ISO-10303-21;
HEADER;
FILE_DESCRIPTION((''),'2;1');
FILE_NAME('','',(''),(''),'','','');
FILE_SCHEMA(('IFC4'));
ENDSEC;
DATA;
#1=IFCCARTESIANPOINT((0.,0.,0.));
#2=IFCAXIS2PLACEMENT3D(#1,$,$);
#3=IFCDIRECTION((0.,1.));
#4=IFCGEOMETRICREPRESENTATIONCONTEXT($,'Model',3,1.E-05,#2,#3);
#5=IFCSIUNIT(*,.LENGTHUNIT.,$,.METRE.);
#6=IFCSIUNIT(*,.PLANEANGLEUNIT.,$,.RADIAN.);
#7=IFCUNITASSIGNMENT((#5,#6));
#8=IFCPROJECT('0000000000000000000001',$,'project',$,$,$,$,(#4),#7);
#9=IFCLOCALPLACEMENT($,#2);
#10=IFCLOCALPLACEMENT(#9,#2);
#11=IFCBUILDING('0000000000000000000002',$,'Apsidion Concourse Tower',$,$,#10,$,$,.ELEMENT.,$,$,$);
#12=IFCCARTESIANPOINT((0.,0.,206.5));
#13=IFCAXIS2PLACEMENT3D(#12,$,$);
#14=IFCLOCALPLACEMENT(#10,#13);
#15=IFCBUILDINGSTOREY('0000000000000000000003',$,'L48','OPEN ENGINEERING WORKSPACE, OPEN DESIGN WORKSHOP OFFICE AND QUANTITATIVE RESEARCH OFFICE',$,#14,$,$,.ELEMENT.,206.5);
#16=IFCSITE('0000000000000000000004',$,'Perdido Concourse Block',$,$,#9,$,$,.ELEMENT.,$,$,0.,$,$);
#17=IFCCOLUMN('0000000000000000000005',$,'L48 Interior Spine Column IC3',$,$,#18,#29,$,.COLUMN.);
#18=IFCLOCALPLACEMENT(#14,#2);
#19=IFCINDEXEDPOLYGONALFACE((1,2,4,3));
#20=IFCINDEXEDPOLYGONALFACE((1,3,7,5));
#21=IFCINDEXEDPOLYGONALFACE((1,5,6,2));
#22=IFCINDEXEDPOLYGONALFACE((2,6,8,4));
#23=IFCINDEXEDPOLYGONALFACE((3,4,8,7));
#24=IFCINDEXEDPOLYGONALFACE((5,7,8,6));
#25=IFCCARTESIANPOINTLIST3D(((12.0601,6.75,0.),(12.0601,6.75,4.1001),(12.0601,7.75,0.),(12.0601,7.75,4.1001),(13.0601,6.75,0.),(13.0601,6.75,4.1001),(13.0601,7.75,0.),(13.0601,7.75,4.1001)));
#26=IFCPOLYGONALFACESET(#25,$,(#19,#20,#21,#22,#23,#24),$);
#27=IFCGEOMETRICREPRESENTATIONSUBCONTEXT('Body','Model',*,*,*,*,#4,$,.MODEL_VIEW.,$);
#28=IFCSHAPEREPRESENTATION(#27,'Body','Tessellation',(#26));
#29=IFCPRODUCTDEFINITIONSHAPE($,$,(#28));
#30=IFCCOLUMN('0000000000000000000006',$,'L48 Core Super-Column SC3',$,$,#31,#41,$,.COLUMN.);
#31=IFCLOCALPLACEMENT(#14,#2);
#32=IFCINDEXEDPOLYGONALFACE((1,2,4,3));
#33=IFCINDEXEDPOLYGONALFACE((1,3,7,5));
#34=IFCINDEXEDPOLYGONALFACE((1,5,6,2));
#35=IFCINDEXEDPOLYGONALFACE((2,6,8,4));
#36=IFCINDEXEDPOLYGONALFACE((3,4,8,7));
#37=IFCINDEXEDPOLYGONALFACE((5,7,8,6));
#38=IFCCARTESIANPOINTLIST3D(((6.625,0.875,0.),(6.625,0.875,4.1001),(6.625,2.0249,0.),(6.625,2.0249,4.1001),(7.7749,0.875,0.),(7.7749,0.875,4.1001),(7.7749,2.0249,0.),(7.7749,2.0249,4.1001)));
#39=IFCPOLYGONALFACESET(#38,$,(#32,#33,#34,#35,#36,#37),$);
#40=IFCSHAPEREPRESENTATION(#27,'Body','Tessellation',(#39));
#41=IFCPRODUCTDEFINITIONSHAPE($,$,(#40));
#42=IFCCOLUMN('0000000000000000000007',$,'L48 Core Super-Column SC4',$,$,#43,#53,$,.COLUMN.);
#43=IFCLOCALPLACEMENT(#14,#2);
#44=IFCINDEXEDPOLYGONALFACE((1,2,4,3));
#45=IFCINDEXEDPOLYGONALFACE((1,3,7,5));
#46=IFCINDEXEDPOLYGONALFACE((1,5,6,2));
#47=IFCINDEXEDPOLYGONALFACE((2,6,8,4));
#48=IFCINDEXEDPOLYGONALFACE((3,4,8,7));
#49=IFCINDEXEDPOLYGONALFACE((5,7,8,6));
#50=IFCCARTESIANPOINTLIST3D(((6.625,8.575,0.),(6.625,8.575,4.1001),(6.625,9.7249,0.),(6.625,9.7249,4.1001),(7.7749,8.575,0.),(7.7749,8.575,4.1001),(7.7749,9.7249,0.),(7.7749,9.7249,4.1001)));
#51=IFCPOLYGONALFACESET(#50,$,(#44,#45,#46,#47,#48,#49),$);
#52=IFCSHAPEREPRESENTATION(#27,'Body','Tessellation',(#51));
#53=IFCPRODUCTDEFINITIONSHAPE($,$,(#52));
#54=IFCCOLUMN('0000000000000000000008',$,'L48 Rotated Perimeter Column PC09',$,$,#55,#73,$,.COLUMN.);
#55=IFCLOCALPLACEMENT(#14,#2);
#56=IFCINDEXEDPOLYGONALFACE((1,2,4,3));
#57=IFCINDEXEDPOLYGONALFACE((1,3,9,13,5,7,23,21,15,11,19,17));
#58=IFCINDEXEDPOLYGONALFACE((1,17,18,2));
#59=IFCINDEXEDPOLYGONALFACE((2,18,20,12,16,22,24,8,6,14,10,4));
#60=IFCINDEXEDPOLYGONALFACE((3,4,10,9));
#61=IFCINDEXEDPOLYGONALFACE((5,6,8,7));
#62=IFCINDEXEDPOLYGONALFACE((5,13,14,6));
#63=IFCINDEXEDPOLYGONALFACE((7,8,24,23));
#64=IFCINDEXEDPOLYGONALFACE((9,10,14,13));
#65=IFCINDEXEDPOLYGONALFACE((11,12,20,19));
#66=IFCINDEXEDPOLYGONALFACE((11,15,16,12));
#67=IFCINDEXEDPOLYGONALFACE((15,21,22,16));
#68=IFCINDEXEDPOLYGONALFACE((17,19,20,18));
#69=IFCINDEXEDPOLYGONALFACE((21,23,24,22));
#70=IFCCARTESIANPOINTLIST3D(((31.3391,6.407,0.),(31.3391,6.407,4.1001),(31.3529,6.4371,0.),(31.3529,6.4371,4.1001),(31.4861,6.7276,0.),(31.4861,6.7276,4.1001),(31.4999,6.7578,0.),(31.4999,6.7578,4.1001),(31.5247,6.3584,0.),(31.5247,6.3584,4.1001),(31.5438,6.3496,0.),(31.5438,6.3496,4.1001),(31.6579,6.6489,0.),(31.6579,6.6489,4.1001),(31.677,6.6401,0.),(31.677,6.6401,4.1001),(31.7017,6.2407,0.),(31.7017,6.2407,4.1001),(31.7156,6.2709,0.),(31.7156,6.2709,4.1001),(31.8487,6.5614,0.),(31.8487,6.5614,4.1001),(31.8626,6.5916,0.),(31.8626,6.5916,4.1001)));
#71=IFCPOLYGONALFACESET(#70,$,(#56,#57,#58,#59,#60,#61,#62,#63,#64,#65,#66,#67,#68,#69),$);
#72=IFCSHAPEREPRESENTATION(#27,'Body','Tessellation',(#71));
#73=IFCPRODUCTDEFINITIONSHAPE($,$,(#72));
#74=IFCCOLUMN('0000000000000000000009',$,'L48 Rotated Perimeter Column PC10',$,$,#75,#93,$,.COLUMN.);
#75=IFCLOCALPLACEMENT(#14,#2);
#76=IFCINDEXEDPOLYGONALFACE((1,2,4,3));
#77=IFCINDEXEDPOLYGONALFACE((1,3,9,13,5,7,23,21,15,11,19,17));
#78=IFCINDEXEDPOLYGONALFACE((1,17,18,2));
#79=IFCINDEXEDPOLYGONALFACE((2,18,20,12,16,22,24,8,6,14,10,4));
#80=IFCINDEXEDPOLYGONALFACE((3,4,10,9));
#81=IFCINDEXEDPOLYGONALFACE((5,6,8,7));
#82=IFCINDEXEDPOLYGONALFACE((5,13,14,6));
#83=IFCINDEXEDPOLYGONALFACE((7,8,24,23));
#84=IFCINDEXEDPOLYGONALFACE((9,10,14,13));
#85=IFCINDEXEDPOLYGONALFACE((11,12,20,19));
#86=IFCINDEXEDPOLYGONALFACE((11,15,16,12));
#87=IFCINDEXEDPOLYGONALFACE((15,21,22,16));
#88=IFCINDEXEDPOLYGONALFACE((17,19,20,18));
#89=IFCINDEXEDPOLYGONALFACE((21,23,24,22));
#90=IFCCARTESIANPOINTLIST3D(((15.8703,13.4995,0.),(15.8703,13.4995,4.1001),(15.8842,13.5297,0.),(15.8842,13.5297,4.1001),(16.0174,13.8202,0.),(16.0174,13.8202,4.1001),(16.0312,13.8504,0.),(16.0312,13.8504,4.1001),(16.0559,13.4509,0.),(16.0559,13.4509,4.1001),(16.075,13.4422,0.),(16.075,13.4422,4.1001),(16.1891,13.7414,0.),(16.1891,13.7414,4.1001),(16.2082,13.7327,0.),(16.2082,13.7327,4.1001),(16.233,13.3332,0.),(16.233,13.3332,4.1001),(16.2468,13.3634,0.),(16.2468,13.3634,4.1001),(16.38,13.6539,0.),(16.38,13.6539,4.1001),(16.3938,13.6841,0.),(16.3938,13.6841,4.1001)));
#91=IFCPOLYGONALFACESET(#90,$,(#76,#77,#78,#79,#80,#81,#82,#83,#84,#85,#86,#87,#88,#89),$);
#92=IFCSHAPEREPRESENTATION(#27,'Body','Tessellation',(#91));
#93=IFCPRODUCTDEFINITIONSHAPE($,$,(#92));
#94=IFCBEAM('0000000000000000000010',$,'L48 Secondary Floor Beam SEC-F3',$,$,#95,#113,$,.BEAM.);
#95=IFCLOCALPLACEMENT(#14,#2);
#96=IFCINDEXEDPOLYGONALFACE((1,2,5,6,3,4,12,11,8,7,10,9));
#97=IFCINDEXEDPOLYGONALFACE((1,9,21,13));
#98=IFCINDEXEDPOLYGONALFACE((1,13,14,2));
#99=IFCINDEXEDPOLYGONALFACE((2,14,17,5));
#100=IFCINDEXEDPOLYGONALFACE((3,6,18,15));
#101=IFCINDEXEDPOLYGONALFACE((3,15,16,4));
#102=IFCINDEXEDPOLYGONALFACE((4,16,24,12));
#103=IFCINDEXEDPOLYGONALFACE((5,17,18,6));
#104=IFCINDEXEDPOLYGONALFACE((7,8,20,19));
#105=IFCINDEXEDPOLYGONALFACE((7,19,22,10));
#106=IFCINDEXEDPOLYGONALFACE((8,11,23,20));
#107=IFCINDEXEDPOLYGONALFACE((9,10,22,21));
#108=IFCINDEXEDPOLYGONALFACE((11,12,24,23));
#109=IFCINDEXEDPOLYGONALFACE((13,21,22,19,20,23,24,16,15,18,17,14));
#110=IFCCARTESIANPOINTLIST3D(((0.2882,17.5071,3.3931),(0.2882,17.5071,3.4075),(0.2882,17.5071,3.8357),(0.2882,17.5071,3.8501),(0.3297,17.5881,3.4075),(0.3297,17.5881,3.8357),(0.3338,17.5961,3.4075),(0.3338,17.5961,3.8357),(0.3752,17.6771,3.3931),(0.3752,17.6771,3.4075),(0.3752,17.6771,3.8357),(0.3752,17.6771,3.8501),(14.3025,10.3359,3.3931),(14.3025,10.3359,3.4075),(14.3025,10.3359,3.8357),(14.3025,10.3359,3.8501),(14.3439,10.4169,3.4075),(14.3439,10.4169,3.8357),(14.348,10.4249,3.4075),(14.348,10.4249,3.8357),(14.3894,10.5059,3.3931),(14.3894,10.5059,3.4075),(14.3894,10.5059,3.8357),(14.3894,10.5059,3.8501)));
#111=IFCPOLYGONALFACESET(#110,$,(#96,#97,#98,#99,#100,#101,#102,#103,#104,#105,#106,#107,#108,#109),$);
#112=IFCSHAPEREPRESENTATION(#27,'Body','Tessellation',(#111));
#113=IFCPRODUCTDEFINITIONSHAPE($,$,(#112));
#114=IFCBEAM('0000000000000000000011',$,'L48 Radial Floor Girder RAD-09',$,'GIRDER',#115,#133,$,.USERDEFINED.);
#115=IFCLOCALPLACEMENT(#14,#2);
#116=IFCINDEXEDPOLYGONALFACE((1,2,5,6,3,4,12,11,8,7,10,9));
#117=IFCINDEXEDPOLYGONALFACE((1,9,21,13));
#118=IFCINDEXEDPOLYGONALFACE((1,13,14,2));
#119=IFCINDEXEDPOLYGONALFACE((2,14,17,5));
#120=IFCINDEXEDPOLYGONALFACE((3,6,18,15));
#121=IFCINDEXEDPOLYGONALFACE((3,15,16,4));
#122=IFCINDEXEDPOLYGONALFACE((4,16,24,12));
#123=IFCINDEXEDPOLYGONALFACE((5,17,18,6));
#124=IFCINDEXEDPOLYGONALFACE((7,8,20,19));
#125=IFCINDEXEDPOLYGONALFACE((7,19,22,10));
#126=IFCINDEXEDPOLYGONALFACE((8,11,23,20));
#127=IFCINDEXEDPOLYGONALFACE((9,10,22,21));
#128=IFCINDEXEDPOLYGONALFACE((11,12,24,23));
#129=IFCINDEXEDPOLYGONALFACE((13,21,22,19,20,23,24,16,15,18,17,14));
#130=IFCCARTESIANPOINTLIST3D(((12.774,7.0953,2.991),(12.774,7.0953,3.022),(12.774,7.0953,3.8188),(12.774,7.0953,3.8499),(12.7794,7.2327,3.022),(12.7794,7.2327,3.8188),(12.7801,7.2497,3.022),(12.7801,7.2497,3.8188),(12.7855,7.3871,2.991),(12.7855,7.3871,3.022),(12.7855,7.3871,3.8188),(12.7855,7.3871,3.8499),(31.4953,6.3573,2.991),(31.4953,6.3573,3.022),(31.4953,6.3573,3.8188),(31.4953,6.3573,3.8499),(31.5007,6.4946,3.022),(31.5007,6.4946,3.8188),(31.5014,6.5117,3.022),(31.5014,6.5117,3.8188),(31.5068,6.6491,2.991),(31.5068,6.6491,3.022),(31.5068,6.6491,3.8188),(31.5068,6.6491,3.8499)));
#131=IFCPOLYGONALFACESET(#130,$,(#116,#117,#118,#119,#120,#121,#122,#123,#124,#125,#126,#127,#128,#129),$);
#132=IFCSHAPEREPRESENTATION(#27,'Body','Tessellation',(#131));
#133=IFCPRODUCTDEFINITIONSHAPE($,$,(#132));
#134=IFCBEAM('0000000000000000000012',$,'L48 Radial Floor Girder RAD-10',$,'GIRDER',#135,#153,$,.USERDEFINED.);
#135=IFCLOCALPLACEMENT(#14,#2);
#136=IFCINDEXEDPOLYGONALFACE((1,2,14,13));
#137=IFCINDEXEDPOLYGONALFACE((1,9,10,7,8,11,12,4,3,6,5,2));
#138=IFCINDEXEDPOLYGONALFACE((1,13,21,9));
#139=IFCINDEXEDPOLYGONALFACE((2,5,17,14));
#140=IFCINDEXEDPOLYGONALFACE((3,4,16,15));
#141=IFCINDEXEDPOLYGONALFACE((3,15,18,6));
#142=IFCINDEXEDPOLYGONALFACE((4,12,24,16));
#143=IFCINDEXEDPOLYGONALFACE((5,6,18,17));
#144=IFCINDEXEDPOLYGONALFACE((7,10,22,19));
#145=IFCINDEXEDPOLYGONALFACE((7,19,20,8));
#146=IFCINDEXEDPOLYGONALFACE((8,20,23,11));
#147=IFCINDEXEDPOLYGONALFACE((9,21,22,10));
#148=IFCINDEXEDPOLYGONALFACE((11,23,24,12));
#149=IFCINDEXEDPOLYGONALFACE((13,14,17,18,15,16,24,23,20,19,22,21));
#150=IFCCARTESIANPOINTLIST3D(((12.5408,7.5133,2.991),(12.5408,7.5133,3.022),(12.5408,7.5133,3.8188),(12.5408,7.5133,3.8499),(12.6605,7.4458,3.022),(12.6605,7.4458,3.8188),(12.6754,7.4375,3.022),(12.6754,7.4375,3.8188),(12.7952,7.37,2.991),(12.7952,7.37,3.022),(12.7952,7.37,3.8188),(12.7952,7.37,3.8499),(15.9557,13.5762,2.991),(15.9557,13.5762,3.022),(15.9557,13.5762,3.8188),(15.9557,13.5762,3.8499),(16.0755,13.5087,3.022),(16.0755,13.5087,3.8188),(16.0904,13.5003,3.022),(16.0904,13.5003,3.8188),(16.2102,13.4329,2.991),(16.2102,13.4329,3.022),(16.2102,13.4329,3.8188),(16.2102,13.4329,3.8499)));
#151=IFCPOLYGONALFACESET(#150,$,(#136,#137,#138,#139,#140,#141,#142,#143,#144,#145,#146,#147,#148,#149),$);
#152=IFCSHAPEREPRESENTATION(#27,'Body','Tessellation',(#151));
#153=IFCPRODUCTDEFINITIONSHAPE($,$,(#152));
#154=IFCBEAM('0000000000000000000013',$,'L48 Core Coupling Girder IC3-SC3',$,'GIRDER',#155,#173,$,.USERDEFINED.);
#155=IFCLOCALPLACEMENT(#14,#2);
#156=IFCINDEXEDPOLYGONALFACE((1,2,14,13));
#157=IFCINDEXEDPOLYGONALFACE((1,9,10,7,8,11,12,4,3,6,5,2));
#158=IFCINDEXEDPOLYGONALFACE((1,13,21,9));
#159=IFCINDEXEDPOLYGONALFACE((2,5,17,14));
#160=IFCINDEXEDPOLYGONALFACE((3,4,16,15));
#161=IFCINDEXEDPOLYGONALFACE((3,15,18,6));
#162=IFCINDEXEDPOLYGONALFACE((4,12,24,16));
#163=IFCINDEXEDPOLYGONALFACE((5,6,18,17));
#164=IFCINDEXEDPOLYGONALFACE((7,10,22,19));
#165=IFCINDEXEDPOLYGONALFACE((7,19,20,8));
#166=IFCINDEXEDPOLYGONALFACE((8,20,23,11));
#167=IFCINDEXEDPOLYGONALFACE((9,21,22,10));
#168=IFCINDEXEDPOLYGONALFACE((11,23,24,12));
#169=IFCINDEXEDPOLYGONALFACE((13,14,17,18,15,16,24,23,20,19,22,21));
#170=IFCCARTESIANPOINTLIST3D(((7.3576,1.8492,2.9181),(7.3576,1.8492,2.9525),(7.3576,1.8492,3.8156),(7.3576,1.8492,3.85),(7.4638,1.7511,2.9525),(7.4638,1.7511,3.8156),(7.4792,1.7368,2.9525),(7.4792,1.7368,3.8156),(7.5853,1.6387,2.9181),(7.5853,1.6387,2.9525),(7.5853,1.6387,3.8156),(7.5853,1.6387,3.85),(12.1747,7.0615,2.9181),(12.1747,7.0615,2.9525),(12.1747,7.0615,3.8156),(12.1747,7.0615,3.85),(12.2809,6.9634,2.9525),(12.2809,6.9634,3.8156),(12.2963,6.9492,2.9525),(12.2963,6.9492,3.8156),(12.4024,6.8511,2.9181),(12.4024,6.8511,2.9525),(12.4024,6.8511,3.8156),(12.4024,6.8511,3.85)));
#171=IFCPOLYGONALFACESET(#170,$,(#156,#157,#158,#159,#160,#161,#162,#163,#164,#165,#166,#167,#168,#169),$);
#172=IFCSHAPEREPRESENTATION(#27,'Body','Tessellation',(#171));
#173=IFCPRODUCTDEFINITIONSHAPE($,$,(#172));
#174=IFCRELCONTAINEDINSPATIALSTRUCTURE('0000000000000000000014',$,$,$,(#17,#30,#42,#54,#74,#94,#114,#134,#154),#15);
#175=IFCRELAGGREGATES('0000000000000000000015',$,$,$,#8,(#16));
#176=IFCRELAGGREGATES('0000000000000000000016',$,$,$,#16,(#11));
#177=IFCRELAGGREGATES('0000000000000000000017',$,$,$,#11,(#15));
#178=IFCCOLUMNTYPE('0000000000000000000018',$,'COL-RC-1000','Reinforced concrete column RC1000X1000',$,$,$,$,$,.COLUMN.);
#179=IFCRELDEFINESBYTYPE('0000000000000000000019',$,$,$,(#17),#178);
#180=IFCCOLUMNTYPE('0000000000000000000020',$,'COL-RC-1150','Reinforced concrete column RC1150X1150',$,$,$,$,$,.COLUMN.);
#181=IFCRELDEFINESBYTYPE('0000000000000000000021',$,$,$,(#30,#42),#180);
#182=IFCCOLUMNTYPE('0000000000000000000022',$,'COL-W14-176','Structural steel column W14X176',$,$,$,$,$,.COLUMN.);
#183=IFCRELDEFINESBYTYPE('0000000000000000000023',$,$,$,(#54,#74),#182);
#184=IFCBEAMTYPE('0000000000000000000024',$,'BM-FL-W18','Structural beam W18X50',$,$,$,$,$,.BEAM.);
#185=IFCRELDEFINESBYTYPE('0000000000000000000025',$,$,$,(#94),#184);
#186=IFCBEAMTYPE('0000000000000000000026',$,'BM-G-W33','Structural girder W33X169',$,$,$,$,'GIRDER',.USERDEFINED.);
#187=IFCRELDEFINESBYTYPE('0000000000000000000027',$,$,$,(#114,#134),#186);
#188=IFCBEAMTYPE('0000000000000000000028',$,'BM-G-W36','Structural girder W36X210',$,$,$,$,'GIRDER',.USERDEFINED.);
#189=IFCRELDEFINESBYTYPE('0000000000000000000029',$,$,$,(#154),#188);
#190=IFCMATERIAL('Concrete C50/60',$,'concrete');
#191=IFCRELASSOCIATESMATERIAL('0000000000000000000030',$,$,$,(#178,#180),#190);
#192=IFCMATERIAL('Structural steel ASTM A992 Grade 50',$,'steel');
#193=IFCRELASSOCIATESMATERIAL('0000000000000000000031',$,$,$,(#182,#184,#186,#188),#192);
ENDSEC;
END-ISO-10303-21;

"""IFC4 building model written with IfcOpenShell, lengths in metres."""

from ifc_helpers import new_model, si_unit, direction, frame, origin, origin_2d, place, context, subcontext, project, spatial, rectangle, i_section, extrude, material, material_profile, profile_set, type_object, element, save


model = new_model("IFC4")

# Units and contexts
model_context = context("Model", 3, precision=1e-05, world=origin(), true_north=direction((0.0, 1.0)))
body_context = subcontext(model_context, "Body", "Model", "MODEL_VIEW")
ifc_project = project(units=[si_unit("LENGTHUNIT", "METRE"), si_unit("PLANEANGLEUNIT", "RADIAN")], contexts=[model_context])

# Site, building, storey
site_placement = place(None, origin())
site = spatial("IfcSite", under=ifc_project, at=site_placement, Name="Perdido Concourse Block", CompositionType="ELEMENT", RefElevation=0.0)
building_placement = place(site_placement, origin())
building = spatial("IfcBuilding", under=site, at=building_placement, Name="Apsidion Concourse Tower", CompositionType="ELEMENT")
storey_placement = place(building_placement, frame((0.0, 0.0, 206.5)))
storey = spatial("IfcBuildingStorey", under=building, at=storey_placement, Name="L48", Description="OPEN ENGINEERING WORKSPACE, OPEN DESIGN WORKSHOP OFFICE AND QUANTITATIVE RESEARCH OFFICE", CompositionType="ELEMENT", Elevation=206.5)

# Columns
ifc_material_1 = material(Name="Concrete C50/60", Category="concrete")
ifc_material_profile_1 = material_profile(ifc_material_1, rectangle(XDim=1.0, YDim=1.0, at=origin_2d()), Name="RC 1000x1000")
ifc_profile_set_1 = profile_set([ifc_material_profile_1], Name="Concrete C50/60")
column_type_1 = type_object("IfcColumnType", Name="COL-RC-1000", Description="Reinforced concrete column RC1000X1000", PredefinedType="COLUMN", material=ifc_profile_set_1)
column_placement = place(storey_placement, frame((12.5601, 7.25, 0.0), z_axis=(0.0, 0.0, 1.0), x_axis=(1.0, 0.0, 0.0)))
element("IfcColumn", 1, at=column_placement, inside=storey, type_object=column_type_1, Name="L48 Interior Spine Column IC3", PredefinedType="COLUMN", context=body_context, shape_type="SweptSolid", body=[
    extrude(rectangle(XDim=1.0, YDim=1.0, at=origin_2d()), origin(), (0.0, 0.0, 1.0), 4.1001),
])
ifc_material_profile_2 = material_profile(ifc_material_1, rectangle(XDim=1.1499, YDim=1.1499, at=origin_2d()), Name="RC 1150x1150")
ifc_profile_set_2 = profile_set([ifc_material_profile_2], Name="Concrete C50/60")
column_type_2 = type_object("IfcColumnType", Name="COL-RC-1150", Description="Reinforced concrete column RC1150X1150", PredefinedType="COLUMN", material=ifc_profile_set_2)
for number, where, z_axis, x_axis, name in (
    (2, (7.2, 1.45, 0.0), (0.0, 0.0, 1.0), (1.0, 0.0, 0.0), "L48 Core Super-Column SC3"),
    (3, (7.2, 9.1499, 0.0), (0.0, 0.0, 1.0), (1.0, 0.0, 0.0), "L48 Core Super-Column SC4"),
):
    element("IfcColumn", number, at=place(storey_placement, frame(where, z_axis=z_axis, x_axis=x_axis)), inside=storey, type_object=column_type_2, Name=name, PredefinedType="COLUMN", context=body_context, shape_type="SweptSolid", body=[
        extrude(rectangle(XDim=1.1499, YDim=1.1499, at=origin_2d()), origin(), (0.0, 0.0, 1.0), 4.1001),
    ])
ifc_material_2 = material(Name="Structural steel ASTM A992 Grade 50", Category="steel")
ifc_material_profile_3 = material_profile(ifc_material_2, i_section(OverallWidth=0.3989, OverallDepth=0.386, WebThickness=0.021, FlangeThickness=0.0332, at=origin_2d()), Name="W14X176")
ifc_profile_set_3 = profile_set([ifc_material_profile_3], Name="Structural steel ASTM A992 Grade 50")
column_type_3 = type_object("IfcColumnType", Name="COL-W14-176", Description="Structural steel column W14X176", PredefinedType="COLUMN", material=ifc_profile_set_3)
for number, where, z_axis, x_axis, name in (
    (4, (31.6008, 6.4993, 0.0), (0.0, 0.0, 1.0), (-0.909018, 0.416757, 0.0), "L48 Rotated Perimeter Column PC09"),
    (5, (16.1321, 13.5918, 0.0), (0.0, 0.0, 1.0), (-0.909018, 0.416757, 0.0), "L48 Rotated Perimeter Column PC10"),
):
    element("IfcColumn", number, at=place(storey_placement, frame(where, z_axis=z_axis, x_axis=x_axis)), inside=storey, type_object=column_type_3, Name=name, PredefinedType="COLUMN", context=body_context, shape_type="SweptSolid", body=[
        extrude(i_section(OverallWidth=0.3989, OverallDepth=0.386, WebThickness=0.021, FlangeThickness=0.0332, at=origin_2d()), origin(), (0.0, 0.0, 1.0), 4.1001),
    ])

# Beams
ifc_material_profile_4 = material_profile(ifc_material_2, i_section(OverallWidth=0.1909, OverallDepth=0.457, WebThickness=0.009, FlangeThickness=0.0144, at=origin_2d()), Name="W18X50")
ifc_profile_set_4 = profile_set([ifc_material_profile_4], Name="Structural steel ASTM A992 Grade 50")
beam_type_1 = type_object("IfcBeamType", Name="BM-FL-W18", Description="Structural beam W18X50", PredefinedType="BEAM", material=ifc_profile_set_4)
beam_1_placement = place(storey_placement, frame((14.3459, 10.4209, 3.6216), z_axis=(-0.89022, 0.455532, 0.0), x_axis=(-0.455532, -0.89022, 0.0)))
element("IfcBeam", 6, at=beam_1_placement, inside=storey, type_object=beam_type_1, Name="L48 Secondary Floor Beam SEC-F3", PredefinedType="BEAM", context=body_context, shape_type="SweptSolid", body=[
    extrude(i_section(OverallWidth=0.1909, OverallDepth=0.457, WebThickness=0.009, FlangeThickness=0.0144, at=origin_2d()), origin(), (0.0, 0.0, 1.0), 15.7424),
])
ifc_material_profile_5 = material_profile(ifc_material_2, i_section(OverallWidth=0.292, OverallDepth=0.8589, WebThickness=0.0171, FlangeThickness=0.031, at=origin_2d()), Name="W33X169")
ifc_profile_set_5 = profile_set([ifc_material_profile_5], Name="Structural steel ASTM A992 Grade 50")
beam_type_2 = type_object("IfcBeamType", Name="BM-G-W33", Description="Structural girder W33X169", ElementType="GIRDER", PredefinedType="USERDEFINED", material=ifc_profile_set_5)
beam_2_placement = place(storey_placement, frame((12.7798, 7.2412, 3.4204), z_axis=(0.999224, -0.039392, 0.0), x_axis=(0.039392, 0.999224, 0.0)))
element("IfcBeam", 7, at=beam_2_placement, inside=storey, type_object=beam_type_2, Name="L48 Radial Floor Girder RAD-09", ObjectType="GIRDER", PredefinedType="USERDEFINED", context=body_context, shape_type="SweptSolid", body=[
    extrude(i_section(OverallWidth=0.292, OverallDepth=0.8589, WebThickness=0.0171, FlangeThickness=0.031, at=origin_2d()), origin(), (0.0, 0.0, 1.0), 18.7358),
])
beam_3_placement = place(storey_placement, frame((12.668, 7.4417, 3.4204), z_axis=(0.490764, 0.871292, 0.0), x_axis=(-0.871292, 0.490764, 0.0)))
element("IfcBeam", 8, at=beam_3_placement, inside=storey, type_object=beam_type_2, Name="L48 Radial Floor Girder RAD-10", ObjectType="GIRDER", PredefinedType="USERDEFINED", context=body_context, shape_type="SweptSolid", body=[
    extrude(i_section(OverallWidth=0.292, OverallDepth=0.8589, WebThickness=0.0171, FlangeThickness=0.031, at=origin_2d()), origin(), (0.0, 0.0, 1.0), 6.9585),
])
ifc_material_profile_6 = material_profile(ifc_material_2, i_section(OverallWidth=0.3101, OverallDepth=0.9319, WebThickness=0.021, FlangeThickness=0.0344, at=origin_2d()), Name="W36X210")
ifc_profile_set_6 = profile_set([ifc_material_profile_6], Name="Structural steel ASTM A992 Grade 50")
beam_type_3 = type_object("IfcBeamType", Name="BM-G-W36", Description="Structural girder W36X210", ElementType="GIRDER", PredefinedType="USERDEFINED", material=ifc_profile_set_6)
beam_4_placement = place(storey_placement, frame((12.2886, 6.9563, 3.384), z_axis=(-0.678713, -0.734404, 0.0), x_axis=(0.734404, -0.678713, 0.0)))
element("IfcBeam", 9, at=beam_4_placement, inside=storey, type_object=beam_type_3, Name="L48 Core Coupling Girder IC3-SC3", ObjectType="GIRDER", PredefinedType="USERDEFINED", context=body_context, shape_type="SweptSolid", body=[
    extrude(i_section(OverallWidth=0.3101, OverallDepth=0.9319, WebThickness=0.021, FlangeThickness=0.0344, at=origin_2d()), origin(), (0.0, 0.0, 1.0), 7.0974),
])

save(model, "model.ifc")
